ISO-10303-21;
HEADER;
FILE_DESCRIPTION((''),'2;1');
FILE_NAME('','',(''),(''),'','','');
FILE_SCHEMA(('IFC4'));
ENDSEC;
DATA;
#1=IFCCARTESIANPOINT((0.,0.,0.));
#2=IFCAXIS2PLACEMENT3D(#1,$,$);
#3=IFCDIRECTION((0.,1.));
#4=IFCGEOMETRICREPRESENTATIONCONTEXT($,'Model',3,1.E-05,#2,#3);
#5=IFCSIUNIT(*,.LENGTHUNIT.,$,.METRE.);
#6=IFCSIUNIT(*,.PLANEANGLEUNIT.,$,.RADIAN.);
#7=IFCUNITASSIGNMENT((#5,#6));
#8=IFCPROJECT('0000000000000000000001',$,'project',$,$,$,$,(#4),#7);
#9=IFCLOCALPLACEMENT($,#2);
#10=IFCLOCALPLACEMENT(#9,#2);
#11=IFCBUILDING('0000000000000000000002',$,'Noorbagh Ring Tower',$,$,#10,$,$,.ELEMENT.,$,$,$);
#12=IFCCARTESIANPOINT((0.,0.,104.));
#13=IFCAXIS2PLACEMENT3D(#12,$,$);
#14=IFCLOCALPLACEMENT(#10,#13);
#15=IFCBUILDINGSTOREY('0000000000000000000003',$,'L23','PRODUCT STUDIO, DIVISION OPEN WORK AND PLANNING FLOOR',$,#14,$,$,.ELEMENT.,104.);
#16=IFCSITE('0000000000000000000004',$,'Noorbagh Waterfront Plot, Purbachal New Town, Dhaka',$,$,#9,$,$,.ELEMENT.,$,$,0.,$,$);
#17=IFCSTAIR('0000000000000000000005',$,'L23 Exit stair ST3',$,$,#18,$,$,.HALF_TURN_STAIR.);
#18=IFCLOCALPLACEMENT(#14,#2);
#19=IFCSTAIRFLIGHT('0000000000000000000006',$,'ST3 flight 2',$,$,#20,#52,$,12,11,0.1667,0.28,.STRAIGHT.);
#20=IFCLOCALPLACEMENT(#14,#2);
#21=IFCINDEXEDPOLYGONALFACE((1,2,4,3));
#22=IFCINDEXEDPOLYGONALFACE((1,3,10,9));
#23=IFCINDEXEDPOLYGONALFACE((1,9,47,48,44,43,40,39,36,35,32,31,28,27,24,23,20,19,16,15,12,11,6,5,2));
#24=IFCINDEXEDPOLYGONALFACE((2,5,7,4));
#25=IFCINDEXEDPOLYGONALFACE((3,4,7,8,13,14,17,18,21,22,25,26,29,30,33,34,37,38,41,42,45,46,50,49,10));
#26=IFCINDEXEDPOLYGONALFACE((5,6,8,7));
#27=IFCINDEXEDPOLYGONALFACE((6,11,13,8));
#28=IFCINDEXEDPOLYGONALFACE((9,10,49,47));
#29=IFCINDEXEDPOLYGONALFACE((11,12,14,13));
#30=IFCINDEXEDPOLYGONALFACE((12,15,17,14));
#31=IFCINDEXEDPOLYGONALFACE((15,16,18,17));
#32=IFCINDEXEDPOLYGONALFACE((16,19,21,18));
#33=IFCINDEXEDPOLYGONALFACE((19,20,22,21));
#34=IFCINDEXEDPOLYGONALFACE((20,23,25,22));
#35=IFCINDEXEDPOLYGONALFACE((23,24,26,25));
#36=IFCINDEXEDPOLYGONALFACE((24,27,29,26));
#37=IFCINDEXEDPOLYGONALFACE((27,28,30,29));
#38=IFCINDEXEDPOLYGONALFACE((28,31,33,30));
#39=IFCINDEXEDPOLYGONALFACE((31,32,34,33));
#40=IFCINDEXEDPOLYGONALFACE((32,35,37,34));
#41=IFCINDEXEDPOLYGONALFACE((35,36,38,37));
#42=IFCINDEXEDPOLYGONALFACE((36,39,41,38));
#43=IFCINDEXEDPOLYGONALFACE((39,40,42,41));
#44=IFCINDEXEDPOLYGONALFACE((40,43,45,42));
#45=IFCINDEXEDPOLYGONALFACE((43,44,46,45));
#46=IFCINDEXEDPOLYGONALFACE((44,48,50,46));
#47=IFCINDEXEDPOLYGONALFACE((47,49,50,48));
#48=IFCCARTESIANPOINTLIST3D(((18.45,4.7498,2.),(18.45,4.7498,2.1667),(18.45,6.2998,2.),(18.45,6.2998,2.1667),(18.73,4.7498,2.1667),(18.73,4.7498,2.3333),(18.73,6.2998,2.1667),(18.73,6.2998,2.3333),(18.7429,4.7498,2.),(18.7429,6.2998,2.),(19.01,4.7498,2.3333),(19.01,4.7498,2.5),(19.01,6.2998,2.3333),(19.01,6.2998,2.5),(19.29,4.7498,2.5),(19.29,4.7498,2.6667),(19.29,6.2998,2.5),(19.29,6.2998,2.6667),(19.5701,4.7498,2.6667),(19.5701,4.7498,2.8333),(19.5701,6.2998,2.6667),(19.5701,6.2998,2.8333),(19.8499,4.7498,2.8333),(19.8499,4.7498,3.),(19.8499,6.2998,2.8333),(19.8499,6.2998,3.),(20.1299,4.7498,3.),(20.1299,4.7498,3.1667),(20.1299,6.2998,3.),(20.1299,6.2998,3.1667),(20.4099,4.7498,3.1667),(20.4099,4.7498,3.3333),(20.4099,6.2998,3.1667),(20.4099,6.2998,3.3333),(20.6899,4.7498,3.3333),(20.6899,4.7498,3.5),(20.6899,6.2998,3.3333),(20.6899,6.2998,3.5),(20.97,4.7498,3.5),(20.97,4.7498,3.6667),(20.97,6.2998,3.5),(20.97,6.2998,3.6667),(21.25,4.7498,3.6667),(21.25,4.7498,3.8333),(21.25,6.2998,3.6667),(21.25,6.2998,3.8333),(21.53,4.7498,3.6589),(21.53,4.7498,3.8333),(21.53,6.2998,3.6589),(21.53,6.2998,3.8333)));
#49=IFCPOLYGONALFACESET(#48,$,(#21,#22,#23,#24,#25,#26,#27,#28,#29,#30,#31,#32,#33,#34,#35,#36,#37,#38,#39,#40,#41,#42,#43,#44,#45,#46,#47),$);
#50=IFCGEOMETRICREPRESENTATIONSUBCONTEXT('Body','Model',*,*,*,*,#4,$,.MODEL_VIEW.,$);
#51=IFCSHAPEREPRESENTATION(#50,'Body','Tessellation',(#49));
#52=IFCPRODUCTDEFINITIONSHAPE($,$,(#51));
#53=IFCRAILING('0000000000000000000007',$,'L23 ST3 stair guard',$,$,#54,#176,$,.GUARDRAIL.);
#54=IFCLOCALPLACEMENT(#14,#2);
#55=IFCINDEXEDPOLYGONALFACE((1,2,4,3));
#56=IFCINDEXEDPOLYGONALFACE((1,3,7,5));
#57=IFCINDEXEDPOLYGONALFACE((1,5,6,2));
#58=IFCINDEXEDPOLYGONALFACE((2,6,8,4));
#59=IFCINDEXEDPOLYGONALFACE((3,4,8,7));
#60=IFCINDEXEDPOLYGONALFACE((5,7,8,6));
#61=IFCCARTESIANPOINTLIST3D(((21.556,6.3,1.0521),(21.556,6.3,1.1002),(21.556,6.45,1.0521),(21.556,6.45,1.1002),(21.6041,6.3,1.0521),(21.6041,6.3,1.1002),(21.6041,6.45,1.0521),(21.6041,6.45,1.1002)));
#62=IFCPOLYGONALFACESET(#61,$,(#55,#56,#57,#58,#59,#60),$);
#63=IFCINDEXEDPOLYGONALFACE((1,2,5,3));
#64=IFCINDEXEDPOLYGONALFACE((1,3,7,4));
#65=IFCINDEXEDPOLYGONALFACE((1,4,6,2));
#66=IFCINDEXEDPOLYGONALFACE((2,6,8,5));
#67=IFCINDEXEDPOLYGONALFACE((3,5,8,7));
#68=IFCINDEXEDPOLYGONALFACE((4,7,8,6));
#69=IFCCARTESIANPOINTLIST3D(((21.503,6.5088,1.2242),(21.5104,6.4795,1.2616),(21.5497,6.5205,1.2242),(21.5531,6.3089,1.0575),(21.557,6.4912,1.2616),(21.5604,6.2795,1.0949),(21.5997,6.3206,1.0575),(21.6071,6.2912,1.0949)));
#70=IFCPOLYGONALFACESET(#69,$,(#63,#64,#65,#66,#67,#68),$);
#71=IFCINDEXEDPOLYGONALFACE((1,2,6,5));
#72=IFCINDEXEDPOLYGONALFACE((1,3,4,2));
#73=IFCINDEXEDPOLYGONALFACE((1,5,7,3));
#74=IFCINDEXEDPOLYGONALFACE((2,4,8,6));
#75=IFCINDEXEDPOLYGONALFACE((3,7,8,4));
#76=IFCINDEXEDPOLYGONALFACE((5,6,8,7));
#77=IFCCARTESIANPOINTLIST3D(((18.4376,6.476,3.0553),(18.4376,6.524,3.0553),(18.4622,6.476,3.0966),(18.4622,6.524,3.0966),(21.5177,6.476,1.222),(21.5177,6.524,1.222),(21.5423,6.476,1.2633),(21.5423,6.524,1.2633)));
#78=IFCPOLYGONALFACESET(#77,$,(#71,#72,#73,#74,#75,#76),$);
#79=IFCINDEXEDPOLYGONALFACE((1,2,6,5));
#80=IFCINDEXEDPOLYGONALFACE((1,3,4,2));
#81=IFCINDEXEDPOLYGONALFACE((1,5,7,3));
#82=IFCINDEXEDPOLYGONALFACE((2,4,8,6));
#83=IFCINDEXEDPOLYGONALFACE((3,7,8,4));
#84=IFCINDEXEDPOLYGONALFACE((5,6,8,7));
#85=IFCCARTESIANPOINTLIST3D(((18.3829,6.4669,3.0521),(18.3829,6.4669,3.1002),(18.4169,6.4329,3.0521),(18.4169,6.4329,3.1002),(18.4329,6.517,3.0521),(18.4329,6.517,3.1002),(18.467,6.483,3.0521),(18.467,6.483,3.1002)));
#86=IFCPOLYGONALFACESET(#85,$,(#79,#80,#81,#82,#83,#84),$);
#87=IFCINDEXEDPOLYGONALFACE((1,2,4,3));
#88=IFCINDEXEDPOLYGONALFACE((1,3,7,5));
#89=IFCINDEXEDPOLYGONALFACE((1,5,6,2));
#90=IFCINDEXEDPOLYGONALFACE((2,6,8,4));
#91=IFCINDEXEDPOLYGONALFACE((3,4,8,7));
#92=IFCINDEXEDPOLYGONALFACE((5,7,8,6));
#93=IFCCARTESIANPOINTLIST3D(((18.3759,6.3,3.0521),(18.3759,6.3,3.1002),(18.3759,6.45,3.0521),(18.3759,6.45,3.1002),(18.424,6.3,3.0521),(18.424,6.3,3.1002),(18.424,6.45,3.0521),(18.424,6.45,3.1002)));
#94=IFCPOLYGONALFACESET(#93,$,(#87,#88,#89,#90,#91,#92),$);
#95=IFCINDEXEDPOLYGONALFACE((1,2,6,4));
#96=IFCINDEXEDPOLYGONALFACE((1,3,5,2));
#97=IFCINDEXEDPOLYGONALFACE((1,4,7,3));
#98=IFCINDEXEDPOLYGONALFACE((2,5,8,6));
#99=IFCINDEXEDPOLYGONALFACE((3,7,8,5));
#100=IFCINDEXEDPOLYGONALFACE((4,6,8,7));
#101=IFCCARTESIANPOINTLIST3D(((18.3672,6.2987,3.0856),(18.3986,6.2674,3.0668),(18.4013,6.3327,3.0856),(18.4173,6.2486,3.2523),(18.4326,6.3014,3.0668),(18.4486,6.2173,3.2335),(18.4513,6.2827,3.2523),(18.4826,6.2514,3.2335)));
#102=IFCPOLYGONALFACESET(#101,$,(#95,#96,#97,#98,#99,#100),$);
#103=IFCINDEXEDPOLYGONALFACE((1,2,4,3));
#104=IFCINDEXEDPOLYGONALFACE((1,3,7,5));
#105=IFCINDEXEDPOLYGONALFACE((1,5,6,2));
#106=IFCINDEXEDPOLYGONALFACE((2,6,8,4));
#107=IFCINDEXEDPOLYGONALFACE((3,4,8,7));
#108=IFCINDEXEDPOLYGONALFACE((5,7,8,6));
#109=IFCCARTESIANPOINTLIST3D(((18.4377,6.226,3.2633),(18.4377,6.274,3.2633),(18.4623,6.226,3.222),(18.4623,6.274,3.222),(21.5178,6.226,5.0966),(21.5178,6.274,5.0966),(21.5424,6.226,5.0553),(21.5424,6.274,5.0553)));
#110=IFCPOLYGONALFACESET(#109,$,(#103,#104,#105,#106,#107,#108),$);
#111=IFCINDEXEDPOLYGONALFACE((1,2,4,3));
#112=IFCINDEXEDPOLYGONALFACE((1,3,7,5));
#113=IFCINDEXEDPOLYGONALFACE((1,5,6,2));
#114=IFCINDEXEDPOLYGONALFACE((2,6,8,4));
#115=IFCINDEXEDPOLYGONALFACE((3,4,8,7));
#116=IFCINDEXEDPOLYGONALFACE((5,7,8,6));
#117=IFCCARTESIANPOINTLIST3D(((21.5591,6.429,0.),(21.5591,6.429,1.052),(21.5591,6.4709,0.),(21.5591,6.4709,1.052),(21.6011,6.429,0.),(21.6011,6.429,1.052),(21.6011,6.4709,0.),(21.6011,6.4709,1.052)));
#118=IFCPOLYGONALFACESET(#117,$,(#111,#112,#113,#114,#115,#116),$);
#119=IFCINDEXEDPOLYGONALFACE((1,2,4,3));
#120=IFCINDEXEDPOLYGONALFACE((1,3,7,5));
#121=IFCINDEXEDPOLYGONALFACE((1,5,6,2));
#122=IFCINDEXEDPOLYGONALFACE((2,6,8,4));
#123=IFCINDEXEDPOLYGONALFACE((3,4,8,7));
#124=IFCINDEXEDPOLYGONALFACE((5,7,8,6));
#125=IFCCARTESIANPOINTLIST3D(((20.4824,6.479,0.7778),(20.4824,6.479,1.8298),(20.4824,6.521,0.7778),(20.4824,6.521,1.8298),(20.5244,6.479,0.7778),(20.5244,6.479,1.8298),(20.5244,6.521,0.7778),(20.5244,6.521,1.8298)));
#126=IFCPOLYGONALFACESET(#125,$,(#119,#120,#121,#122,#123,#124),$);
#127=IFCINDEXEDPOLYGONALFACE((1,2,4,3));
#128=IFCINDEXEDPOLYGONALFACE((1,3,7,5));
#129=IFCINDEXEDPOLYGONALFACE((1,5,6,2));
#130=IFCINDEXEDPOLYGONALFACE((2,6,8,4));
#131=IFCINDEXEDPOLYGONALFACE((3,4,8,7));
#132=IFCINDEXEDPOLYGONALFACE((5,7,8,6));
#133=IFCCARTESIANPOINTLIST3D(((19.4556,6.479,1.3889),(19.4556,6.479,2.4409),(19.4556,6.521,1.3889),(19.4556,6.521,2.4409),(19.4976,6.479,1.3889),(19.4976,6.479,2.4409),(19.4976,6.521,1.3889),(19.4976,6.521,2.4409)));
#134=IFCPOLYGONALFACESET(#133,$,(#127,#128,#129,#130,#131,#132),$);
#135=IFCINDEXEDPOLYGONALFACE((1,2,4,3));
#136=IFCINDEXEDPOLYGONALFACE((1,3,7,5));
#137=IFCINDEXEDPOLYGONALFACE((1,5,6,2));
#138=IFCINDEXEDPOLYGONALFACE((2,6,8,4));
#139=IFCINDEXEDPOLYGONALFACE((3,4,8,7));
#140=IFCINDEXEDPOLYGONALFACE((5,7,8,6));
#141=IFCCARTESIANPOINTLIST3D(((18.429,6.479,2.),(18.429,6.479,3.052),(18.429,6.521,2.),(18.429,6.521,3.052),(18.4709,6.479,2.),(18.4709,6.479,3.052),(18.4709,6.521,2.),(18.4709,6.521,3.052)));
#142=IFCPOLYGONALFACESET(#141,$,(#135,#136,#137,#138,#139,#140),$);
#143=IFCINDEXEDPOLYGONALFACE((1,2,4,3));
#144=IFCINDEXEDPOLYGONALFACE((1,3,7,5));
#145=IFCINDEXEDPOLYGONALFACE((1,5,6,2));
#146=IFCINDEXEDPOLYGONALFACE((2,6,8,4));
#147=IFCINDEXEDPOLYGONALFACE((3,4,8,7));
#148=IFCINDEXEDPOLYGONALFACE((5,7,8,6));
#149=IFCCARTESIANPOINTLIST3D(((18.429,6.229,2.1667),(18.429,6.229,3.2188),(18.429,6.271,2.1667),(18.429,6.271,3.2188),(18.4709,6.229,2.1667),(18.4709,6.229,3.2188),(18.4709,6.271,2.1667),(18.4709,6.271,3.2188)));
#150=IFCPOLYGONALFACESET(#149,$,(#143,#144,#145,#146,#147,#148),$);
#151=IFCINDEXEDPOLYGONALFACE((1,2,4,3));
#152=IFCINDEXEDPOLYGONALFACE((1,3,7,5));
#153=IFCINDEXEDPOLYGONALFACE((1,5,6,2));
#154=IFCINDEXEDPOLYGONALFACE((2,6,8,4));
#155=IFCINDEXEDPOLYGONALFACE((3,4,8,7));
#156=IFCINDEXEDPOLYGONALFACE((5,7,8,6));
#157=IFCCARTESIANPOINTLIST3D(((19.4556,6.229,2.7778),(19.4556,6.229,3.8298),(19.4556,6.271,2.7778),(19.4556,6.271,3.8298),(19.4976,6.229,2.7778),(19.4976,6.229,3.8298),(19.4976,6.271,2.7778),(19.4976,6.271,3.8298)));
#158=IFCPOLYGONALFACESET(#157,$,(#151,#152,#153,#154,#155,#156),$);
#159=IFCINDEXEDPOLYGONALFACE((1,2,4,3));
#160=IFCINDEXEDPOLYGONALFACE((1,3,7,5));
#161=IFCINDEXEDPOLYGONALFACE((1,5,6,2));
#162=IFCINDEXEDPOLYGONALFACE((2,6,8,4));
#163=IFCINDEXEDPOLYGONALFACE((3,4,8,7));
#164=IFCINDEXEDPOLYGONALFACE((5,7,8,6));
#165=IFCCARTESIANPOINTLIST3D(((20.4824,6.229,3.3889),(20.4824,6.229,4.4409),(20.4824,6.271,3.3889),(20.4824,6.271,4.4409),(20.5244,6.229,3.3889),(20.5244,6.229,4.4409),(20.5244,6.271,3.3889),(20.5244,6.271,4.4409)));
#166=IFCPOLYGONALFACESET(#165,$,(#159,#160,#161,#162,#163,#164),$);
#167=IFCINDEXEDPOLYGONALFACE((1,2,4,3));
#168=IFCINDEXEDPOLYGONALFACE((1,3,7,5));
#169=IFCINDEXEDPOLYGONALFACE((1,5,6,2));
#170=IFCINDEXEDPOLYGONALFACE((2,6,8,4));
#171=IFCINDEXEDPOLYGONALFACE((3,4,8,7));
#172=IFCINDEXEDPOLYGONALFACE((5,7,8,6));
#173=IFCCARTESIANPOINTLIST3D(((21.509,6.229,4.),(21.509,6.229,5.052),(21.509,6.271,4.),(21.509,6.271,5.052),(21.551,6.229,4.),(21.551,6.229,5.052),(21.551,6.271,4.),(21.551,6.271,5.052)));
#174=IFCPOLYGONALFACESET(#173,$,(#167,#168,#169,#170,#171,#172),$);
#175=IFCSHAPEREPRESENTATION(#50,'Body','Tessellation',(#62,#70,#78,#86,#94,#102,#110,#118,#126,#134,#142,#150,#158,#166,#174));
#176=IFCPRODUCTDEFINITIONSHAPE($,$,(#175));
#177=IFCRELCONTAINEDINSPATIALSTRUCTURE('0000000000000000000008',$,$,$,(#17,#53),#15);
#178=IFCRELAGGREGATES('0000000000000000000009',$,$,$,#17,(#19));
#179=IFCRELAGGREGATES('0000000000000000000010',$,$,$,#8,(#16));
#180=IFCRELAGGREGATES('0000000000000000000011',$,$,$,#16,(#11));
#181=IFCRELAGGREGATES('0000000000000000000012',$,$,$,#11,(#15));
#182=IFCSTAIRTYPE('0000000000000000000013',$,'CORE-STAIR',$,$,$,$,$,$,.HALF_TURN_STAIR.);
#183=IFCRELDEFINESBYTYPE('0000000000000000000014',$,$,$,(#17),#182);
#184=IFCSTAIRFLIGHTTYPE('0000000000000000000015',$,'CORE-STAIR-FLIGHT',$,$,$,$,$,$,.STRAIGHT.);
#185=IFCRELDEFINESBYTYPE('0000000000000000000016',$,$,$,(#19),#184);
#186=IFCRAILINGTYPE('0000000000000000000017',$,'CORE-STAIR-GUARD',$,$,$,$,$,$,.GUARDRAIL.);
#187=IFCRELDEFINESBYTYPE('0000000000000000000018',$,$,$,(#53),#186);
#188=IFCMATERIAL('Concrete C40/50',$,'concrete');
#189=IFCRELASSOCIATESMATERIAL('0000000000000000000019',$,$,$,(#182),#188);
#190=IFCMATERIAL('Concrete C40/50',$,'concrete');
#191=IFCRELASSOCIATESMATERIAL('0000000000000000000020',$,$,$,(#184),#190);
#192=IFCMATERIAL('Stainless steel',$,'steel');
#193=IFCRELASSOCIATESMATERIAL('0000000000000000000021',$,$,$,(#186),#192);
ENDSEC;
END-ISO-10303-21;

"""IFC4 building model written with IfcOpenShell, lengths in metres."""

from ifc_helpers import new_model, si_unit, direction, frame, origin, origin_2d, place, context, subcontext, project, spatial, polyline, rectangle, outline, extrude, material, type_object, element, aggregate, save


model = new_model("IFC4")

# Units and contexts
model_context = context("Model", 3, precision=1e-05, world=origin(), true_north=direction((0.0, 1.0)))
body_context = subcontext(model_context, "Body", "Model", "MODEL_VIEW")
ifc_project = project(units=[si_unit("LENGTHUNIT", "METRE"), si_unit("PLANEANGLEUNIT", "RADIAN")], contexts=[model_context])

# Site, building, storey
site_placement = place(None, origin())
site = spatial("IfcSite", under=ifc_project, at=site_placement, Name="Noorbagh Waterfront Plot, Purbachal New Town, Dhaka", CompositionType="ELEMENT", RefElevation=0.0)
building_placement = place(site_placement, origin())
building = spatial("IfcBuilding", under=site, at=building_placement, Name="Noorbagh Ring Tower", CompositionType="ELEMENT")
storey_placement = place(building_placement, frame((0.0, 0.0, 104.0)))
storey = spatial("IfcBuildingStorey", under=building, at=storey_placement, Name="L23", Description="PRODUCT STUDIO, DIVISION OPEN WORK AND PLANNING FLOOR", CompositionType="ELEMENT", Elevation=104.0)

# Stair, stair flight
ifc_material_1 = material(Name="Concrete C40/50", Category="concrete")
stair_type = type_object("IfcStairType", Name="CORE-STAIR", PredefinedType="HALF_TURN_STAIR", material=ifc_material_1)
stair_placement = place(storey_placement, origin())
stair = element("IfcStair", 1, at=stair_placement, inside=storey, type_object=stair_type, Name="L23 Exit stair ST3", PredefinedType="HALF_TURN_STAIR")
ifc_material_2 = material(Name="Concrete C40/50", Category="concrete")
stair_flight_type = type_object("IfcStairFlightType", Name="CORE-STAIR-FLIGHT", PredefinedType="STRAIGHT", material=ifc_material_2)
stair_flight_1_placement = place(storey_placement, frame((18.45, 5.5249, 2.0), z_axis=(0.0, 0.0, 1.0), x_axis=(1.0, 0.0, 0.0)))
stair_flight_1 = element("IfcStairFlight", 2, at=stair_flight_1_placement, type_object=stair_flight_type, Name="ST3 flight 2", NumberOfRisers=12, NumberOfTreads=11, PredefinedType="STRAIGHT", RiserHeight=0.1667, TreadLength=0.28, context=body_context, shape_type="SweptSolid", body=[
    extrude(outline(polyline([(0.0, 0.0), (0.0, 0.1667), (0.28, 0.1667), (0.28, 0.3333), (0.5601, 0.3333), (0.5601, 0.5), (0.8401, 0.5), (0.8401, 0.6667), (1.1201, 0.6667), (1.1201, 0.8333), (1.3999, 0.8333), (1.3999, 1.0), (1.6799, 1.0), (1.6799, 1.1667), (1.96, 1.1667), (1.96, 1.3333), (2.24, 1.3333), (2.24, 1.5), (2.52, 1.5), (2.52, 1.6667), (2.8, 1.6667), (2.8, 1.8333), (3.0801, 1.8333), (3.0801, 2.0), (3.0801, 1.6589), (0.293, 0.0), (0.0, 0.0)])), frame((0.0, 0.7749, 0.0), z_axis=(0.0, -1.0, 0.0), x_axis=(1.0, 0.0, 0.0)), (0.0, 0.0, 1.0), 1.55),
])
aggregate(stair, [stair_flight_1])

# Railing
ifc_material_3 = material(Name="Stainless steel", Category="steel")
railing_type_1 = type_object("IfcRailingType", Name="CORE-STAIR-GUARD", PredefinedType="GUARDRAIL", material=ifc_material_3)
railing_1_placement = place(storey_placement, frame((21.5801, 6.45, 0.0)))
element("IfcRailing", 3, at=railing_1_placement, inside=storey, type_object=railing_type_1, Name="L23 ST3 stair guard", PredefinedType="GUARDRAIL", context=body_context, shape_type="SweptSolid", body=[
    extrude(rectangle(XDim=0.0481, YDim=0.0481, at=origin_2d()), frame((0.0, 0.0, 1.0762), z_axis=(0.0, -1.0, 0.0), x_axis=(1.0, 0.0, 0.0)), (0.0, 0.0, 1.0), 0.1499),
    extrude(rectangle(XDim=0.0481, YDim=0.0481, at=origin_2d()), frame((0.0, -0.1499, 1.0762), z_axis=(-0.188776, 0.754182, 0.628946), x_axis=(-0.970073, -0.242814, 0.0)), (0.0, 0.0, 1.0), 0.2651),
    extrude(rectangle(XDim=0.0481, YDim=0.0481, at=origin_2d()), frame((-0.05, 0.05, 1.2427), z_axis=(-0.859309, 0.0, 0.511458), x_axis=(0.0, -1.0, 0.0)), (0.0, 0.0, 1.0), 3.5845),
    extrude(rectangle(XDim=0.0481, YDim=0.0481, at=origin_2d()), frame((-3.1301, 0.05, 3.0762), z_axis=(-0.707107, -0.707107, 0.0), x_axis=(0.707107, -0.707107, 0.0)), (0.0, 0.0, 1.0), 0.0708),
    extrude(rectangle(XDim=0.0481, YDim=0.0481, at=origin_2d()), frame((-3.1802, 0.0, 3.0762), z_axis=(0.0, -1.0, 0.0), x_axis=(1.0, 0.0, 0.0)), (0.0, 0.0, 1.0), 0.1499),
    extrude(rectangle(XDim=0.0481, YDim=0.0481, at=origin_2d()), frame((-3.1802, -0.1499, 3.0762), z_axis=(0.276287, -0.276287, 0.920506), x_axis=(0.707107, 0.707107, 0.0)), (0.0, 0.0, 1.0), 0.1812),
    extrude(rectangle(XDim=0.0481, YDim=0.0481, at=origin_2d()), frame((-3.1301, -0.2, 3.2427), z_axis=(0.859309, 0.0, 0.511458), x_axis=(0.0, 1.0, 0.0)), (0.0, 0.0, 1.0), 3.5845),
    extrude(rectangle(XDim=0.042, YDim=0.042, at=origin_2d()), origin(), (0.0, 0.0, 1.0), 1.052),
    extrude(rectangle(XDim=0.042, YDim=0.042, at=origin_2d()), frame((-1.0767, 0.05, 0.7778)), (0.0, 0.0, 1.0), 1.052),
    extrude(rectangle(XDim=0.042, YDim=0.042, at=origin_2d()), frame((-2.1035, 0.05, 1.3889)), (0.0, 0.0, 1.0), 1.052),
    extrude(rectangle(XDim=0.042, YDim=0.042, at=origin_2d()), frame((-3.1301, 0.05, 2.0)), (0.0, 0.0, 1.0), 1.052),
    extrude(rectangle(XDim=0.042, YDim=0.042, at=origin_2d()), frame((-3.1301, -0.2, 2.1667)), (0.0, 0.0, 1.0), 1.052),
    extrude(rectangle(XDim=0.042, YDim=0.042, at=origin_2d()), frame((-2.1035, -0.2, 2.7778)), (0.0, 0.0, 1.0), 1.052),
    extrude(rectangle(XDim=0.042, YDim=0.042, at=origin_2d()), frame((-1.0767, -0.2, 3.3889)), (0.0, 0.0, 1.0), 1.052),
    extrude(rectangle(XDim=0.042, YDim=0.042, at=origin_2d()), frame((-0.05, -0.2, 4.0)), (0.0, 0.0, 1.0), 1.052),
])

save(model, "model.ifc")
